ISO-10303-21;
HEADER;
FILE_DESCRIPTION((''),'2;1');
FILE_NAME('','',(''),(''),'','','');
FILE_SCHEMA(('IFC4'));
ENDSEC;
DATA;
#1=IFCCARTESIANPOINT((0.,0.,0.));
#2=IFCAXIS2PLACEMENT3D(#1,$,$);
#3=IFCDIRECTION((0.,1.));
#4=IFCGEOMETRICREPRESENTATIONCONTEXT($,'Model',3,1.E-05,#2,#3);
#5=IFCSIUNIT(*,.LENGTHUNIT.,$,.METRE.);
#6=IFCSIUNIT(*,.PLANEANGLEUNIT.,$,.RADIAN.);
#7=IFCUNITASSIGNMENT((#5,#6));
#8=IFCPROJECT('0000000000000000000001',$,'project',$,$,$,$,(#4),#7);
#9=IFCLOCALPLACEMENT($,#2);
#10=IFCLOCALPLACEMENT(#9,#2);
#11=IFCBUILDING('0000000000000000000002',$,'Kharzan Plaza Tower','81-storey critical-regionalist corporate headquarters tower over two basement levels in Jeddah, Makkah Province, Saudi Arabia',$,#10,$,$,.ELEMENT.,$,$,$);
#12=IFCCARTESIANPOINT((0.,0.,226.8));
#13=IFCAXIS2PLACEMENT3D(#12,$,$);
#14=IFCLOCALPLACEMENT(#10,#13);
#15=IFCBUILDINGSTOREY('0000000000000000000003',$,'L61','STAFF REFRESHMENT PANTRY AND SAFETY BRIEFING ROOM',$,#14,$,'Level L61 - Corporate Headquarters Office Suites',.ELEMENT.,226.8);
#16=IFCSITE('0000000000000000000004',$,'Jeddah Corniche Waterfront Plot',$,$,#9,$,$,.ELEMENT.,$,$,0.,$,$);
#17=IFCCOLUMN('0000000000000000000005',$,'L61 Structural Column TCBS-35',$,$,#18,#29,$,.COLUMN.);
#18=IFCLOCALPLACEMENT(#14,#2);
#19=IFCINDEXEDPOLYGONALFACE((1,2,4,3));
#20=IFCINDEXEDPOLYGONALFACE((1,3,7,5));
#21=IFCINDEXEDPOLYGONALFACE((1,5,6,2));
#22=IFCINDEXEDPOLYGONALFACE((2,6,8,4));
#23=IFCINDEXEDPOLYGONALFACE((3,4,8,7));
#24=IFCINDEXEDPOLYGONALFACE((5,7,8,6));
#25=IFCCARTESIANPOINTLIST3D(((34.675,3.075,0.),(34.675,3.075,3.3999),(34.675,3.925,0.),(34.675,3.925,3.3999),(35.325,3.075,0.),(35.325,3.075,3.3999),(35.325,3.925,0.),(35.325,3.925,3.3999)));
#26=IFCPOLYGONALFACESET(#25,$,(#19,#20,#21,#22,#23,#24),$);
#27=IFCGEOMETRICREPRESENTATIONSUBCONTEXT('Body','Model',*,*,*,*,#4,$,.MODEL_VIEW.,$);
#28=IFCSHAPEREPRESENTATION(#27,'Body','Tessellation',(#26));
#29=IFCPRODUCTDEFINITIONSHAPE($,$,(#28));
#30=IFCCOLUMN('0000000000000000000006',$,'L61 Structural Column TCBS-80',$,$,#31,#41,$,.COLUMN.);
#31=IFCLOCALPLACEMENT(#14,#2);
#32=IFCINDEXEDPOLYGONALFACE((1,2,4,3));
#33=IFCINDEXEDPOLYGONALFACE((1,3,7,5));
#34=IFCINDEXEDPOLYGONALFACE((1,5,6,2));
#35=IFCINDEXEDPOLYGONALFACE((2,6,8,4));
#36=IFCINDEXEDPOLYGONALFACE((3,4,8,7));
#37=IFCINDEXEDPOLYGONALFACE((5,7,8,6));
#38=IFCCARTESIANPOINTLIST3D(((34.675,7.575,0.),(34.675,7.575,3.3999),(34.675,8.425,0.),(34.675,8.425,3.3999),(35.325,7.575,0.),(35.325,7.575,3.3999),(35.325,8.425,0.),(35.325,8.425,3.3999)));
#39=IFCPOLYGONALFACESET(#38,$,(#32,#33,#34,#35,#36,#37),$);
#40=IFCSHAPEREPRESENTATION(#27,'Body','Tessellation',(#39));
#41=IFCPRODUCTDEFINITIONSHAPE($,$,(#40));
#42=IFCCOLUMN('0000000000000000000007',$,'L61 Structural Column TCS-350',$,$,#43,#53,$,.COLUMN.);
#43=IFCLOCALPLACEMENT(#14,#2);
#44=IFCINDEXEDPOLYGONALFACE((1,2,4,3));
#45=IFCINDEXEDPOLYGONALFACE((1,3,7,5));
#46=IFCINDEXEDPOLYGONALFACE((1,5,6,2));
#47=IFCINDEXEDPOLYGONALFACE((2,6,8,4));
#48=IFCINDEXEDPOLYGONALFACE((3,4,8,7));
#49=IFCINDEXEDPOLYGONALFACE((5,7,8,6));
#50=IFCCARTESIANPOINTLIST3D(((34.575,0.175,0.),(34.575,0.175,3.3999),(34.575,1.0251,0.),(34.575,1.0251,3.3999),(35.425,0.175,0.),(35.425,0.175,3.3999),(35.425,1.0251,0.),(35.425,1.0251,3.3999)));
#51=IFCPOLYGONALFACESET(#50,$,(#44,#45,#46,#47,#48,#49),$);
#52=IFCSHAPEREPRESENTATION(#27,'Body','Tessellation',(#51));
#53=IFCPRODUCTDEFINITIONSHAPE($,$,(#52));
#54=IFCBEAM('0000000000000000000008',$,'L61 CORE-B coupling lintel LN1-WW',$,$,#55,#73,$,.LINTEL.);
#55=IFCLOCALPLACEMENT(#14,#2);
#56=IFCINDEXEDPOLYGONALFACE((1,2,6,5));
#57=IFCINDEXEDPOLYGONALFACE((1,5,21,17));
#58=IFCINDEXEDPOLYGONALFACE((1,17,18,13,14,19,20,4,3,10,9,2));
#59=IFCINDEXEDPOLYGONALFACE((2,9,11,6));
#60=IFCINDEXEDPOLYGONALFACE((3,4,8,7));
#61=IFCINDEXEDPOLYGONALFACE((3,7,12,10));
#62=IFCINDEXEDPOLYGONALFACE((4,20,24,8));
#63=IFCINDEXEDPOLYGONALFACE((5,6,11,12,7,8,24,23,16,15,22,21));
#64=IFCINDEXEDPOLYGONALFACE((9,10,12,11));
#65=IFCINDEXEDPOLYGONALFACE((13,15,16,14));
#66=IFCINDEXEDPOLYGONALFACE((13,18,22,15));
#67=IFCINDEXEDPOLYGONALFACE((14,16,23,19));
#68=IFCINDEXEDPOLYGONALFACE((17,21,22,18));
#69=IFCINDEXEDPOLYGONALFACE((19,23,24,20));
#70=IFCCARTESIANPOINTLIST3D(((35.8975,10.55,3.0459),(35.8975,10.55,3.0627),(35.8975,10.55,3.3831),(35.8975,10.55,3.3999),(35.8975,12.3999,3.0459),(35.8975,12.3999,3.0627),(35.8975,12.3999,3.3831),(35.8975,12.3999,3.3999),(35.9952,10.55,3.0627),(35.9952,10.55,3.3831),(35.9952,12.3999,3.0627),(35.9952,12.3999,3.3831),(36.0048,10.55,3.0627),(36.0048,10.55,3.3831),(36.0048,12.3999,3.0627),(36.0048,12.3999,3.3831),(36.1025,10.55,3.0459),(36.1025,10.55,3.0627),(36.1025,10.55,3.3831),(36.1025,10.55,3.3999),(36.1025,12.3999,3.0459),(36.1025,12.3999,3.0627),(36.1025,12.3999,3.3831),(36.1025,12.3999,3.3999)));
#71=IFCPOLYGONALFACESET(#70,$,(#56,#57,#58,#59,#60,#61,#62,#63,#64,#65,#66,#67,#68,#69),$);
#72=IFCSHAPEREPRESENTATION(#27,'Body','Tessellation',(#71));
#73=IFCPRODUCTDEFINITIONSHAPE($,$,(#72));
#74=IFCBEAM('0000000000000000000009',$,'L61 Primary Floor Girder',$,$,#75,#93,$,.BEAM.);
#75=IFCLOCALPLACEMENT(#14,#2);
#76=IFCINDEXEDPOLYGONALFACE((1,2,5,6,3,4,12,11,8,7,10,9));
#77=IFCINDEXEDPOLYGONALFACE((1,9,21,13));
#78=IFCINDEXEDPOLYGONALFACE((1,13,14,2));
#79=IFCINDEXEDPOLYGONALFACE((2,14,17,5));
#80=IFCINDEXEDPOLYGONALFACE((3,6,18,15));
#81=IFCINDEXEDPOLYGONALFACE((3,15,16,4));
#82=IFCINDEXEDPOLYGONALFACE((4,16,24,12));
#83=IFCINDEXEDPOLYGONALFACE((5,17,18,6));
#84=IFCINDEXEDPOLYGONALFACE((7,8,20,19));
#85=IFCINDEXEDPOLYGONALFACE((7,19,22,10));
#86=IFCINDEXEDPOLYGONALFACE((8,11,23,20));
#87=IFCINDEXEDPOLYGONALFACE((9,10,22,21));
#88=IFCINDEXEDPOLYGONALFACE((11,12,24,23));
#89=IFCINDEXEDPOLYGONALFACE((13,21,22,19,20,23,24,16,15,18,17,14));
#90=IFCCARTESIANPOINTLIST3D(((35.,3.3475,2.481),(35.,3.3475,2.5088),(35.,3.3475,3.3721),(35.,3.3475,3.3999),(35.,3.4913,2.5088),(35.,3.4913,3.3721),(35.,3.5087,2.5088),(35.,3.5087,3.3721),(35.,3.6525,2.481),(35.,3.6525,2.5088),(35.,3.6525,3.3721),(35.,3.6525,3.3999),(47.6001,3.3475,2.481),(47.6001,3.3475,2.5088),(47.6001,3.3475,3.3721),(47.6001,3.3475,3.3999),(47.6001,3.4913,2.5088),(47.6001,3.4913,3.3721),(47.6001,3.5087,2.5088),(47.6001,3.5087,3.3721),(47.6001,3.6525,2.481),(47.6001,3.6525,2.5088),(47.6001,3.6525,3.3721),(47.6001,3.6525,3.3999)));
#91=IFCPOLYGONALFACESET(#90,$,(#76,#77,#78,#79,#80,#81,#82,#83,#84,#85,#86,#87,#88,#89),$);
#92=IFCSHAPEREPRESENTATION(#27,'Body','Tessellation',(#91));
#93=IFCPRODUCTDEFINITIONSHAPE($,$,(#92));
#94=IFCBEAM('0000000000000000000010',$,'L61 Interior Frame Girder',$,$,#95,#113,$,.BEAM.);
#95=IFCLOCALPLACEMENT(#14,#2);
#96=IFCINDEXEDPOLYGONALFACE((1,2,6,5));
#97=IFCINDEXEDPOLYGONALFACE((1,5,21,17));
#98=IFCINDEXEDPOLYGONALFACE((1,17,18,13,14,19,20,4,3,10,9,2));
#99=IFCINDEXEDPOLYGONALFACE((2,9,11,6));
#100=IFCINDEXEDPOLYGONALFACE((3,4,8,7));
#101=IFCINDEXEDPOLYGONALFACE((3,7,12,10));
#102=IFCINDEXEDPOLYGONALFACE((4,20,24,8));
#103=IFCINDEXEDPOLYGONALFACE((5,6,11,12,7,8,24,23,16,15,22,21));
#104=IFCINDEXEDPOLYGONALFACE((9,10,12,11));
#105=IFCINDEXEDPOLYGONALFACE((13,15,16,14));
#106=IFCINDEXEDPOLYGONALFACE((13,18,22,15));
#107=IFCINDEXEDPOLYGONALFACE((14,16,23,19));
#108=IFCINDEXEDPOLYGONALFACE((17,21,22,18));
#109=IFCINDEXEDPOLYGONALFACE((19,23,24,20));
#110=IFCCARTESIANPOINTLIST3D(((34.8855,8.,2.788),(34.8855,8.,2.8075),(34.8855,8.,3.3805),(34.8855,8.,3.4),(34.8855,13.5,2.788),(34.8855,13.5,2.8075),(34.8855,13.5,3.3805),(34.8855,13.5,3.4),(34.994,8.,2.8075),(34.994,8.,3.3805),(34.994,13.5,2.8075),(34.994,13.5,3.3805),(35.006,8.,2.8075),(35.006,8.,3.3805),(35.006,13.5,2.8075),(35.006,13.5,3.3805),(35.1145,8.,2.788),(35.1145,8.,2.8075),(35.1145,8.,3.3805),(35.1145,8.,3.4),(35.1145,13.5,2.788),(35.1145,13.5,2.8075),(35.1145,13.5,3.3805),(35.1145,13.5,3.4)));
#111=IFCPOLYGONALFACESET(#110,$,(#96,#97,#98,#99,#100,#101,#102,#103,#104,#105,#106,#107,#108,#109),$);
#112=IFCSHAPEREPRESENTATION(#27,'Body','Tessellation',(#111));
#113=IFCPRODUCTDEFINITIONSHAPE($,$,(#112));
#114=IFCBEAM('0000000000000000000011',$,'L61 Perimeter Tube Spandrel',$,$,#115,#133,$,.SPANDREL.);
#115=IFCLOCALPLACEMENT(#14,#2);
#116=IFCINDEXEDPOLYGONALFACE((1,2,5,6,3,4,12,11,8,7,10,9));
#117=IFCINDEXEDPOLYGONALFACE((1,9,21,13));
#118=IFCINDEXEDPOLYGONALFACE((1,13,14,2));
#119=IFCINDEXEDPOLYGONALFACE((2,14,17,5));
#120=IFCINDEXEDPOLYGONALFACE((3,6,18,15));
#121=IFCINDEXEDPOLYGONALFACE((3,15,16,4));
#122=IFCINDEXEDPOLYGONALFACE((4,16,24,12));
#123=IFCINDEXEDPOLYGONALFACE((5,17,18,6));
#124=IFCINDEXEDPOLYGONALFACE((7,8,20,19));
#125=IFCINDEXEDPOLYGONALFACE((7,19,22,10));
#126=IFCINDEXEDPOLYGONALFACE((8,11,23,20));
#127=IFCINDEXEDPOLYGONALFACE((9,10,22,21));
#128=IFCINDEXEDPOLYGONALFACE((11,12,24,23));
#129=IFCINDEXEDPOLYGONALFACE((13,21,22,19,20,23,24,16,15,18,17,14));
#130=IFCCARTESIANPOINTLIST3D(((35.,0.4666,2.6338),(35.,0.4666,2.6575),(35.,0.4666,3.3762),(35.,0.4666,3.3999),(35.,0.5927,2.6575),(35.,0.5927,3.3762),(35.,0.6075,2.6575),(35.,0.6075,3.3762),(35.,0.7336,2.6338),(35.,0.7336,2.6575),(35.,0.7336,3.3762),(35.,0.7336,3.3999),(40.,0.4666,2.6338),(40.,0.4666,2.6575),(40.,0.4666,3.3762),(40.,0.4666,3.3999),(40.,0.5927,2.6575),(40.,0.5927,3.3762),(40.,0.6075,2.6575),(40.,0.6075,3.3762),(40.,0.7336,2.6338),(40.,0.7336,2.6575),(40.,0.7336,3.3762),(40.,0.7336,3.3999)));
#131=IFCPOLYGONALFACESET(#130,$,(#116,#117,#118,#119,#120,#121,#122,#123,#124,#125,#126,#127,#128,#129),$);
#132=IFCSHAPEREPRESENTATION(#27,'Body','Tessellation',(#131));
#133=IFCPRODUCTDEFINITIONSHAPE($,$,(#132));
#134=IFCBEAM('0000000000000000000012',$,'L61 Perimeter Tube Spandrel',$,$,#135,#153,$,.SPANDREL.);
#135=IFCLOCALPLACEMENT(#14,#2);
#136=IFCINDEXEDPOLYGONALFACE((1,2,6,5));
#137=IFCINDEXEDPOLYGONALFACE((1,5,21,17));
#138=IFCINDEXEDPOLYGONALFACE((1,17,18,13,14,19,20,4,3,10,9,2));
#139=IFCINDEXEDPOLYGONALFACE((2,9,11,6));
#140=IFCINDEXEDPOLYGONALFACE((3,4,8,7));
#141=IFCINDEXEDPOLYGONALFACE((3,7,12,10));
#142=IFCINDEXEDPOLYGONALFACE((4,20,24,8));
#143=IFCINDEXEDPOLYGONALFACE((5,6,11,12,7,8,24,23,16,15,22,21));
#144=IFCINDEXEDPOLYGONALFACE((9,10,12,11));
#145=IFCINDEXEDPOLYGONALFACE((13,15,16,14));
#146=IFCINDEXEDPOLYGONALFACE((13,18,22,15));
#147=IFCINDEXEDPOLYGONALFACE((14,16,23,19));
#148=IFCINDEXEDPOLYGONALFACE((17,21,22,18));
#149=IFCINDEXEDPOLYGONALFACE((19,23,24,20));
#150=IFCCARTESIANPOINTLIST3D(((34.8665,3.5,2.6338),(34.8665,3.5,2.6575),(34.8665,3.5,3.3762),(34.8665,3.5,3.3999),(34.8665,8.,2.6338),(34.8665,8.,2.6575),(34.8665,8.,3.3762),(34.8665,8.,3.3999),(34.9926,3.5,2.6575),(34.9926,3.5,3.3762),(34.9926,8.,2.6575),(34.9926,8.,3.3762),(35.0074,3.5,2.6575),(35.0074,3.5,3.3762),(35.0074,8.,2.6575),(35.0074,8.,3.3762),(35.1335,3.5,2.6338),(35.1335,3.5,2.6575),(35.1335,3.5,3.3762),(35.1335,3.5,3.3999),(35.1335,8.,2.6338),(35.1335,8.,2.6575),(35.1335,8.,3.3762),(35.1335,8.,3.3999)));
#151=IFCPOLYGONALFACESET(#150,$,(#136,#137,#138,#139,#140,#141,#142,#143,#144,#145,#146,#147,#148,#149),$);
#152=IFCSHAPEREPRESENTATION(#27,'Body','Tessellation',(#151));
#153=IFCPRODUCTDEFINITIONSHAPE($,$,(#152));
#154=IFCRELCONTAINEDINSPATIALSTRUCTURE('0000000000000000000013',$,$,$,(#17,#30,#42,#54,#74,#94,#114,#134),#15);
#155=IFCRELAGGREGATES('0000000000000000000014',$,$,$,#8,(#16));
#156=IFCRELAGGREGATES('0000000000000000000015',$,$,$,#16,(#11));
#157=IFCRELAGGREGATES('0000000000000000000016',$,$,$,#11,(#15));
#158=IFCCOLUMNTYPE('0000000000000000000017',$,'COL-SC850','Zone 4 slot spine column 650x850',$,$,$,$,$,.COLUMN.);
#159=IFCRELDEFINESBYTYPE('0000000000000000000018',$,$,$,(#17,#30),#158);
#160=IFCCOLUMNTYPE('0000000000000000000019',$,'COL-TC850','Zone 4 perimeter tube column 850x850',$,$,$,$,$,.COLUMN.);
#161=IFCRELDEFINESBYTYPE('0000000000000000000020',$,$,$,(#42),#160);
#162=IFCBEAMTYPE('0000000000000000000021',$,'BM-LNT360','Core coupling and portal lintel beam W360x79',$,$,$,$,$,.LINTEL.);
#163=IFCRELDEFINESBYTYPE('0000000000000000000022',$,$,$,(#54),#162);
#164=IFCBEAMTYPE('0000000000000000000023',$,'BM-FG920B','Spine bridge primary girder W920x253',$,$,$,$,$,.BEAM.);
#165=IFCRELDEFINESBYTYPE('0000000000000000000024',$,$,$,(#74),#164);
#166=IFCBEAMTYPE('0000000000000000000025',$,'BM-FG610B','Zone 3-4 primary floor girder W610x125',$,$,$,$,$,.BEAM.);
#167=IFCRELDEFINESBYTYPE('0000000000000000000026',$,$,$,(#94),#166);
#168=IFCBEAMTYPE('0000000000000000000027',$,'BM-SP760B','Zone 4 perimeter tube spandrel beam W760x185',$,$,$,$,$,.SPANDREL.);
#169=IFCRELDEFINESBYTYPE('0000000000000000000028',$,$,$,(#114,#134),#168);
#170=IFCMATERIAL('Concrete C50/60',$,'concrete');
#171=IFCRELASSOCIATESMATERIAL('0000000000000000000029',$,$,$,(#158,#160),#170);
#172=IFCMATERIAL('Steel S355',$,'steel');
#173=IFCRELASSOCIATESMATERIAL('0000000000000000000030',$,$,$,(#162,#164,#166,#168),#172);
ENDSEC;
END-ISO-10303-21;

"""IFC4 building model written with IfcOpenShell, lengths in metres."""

from ifc_helpers import new_model, si_unit, direction, frame, origin, origin_2d, place, context, subcontext, project, spatial, rectangle, i_section, extrude, source, transform, mapped, material, material_profile, profile_set, type_object, element, save


model = new_model("IFC4")

# Units and contexts
model_context = context("Model", 3, precision=1e-05, world=origin(), true_north=direction((0.0, 1.0)))
body_context = subcontext(model_context, "Body", "Model", "MODEL_VIEW")
ifc_project = project(units=[si_unit("LENGTHUNIT", "METRE"), si_unit("PLANEANGLEUNIT", "RADIAN")], contexts=[model_context])

# Site, building, storey
site_placement = place(None, origin())
site = spatial("IfcSite", under=ifc_project, at=site_placement, Name="Jeddah Corniche Waterfront Plot", CompositionType="ELEMENT", RefElevation=0.0)
building_placement = place(site_placement, origin())
building = spatial("IfcBuilding", under=site, at=building_placement, Name="Kharzan Plaza Tower", Description="81-storey critical-regionalist corporate headquarters tower over two basement levels in Jeddah, Makkah Province, Saudi Arabia", CompositionType="ELEMENT")
storey_placement = place(building_placement, frame((0.0, 0.0, 226.8)))
storey = spatial("IfcBuildingStorey", under=building, at=storey_placement, Name="L61", Description="STAFF REFRESHMENT PANTRY AND SAFETY BRIEFING ROOM", LongName="Level L61 - Corporate Headquarters Office Suites", CompositionType="ELEMENT", Elevation=226.8)

# Columns
ifc_material_1 = material(Name="Concrete C50/60", Category="concrete")
ifc_material_profile_1 = material_profile(ifc_material_1, rectangle(XDim=0.6499, YDim=0.8501, at=origin_2d()), Name="RC-SC850x650")
ifc_profile_set_1 = profile_set([ifc_material_profile_1], Name="Concrete C50/60")
column_type_1 = type_object("IfcColumnType", Name="COL-SC850", Description="Zone 4 slot spine column 650x850", PredefinedType="COLUMN", material=ifc_profile_set_1)
shared_shape_1 = source(origin(), body_context, "Body", "SweptSolid", [
    extrude(rectangle(XDim=0.6499, YDim=0.8501, at=origin_2d()), origin(), (0.0, 0.0, 1.0), 3.3999),
])
for number, where, z_axis, x_axis, name in (
    (1, (35.0, 3.5, 0.0), (0.0, 0.0, 1.0), (1.0, 0.0, 0.0), "L61 Structural Column TCBS-35"),
    (2, (35.0, 8.0, 0.0), (0.0, 0.0, 1.0), (1.0, 0.0, 0.0), "L61 Structural Column TCBS-80"),
):
    element("IfcColumn", number, at=place(storey_placement, frame(where, z_axis=z_axis, x_axis=x_axis)), inside=storey, type_object=column_type_1, Name=name, PredefinedType="COLUMN", context=body_context, shape_type="MappedRepresentation", body=[
        mapped(shared_shape_1, transform((0.0, 0.0, 0.0), x_axis=(1.0, 0.0, 0.0), y_axis=(0.0, 1.0, 0.0), z_axis=(0.0, 0.0, 1.0))),
    ])
ifc_material_profile_2 = material_profile(ifc_material_1, rectangle(XDim=0.8501, YDim=0.8501, at=origin_2d()), Name="RC-TC850x850")
ifc_profile_set_2 = profile_set([ifc_material_profile_2], Name="Concrete C50/60")
column_type_2 = type_object("IfcColumnType", Name="COL-TC850", Description="Zone 4 perimeter tube column 850x850", PredefinedType="COLUMN", material=ifc_profile_set_2)
shared_shape_2 = source(origin(), body_context, "Body", "SweptSolid", [
    extrude(rectangle(XDim=0.8501, YDim=0.8501, at=origin_2d()), origin(), (0.0, 0.0, 1.0), 3.3999),
])
column_placement = place(storey_placement, frame((35.0, 0.6001, 0.0), z_axis=(0.0, 0.0, 1.0), x_axis=(1.0, 0.0, 0.0)))
element("IfcColumn", 3, at=column_placement, inside=storey, type_object=column_type_2, Name="L61 Structural Column TCS-350", PredefinedType="COLUMN", context=body_context, shape_type="MappedRepresentation", body=[
    mapped(shared_shape_2, transform((0.0, 0.0, 0.0), x_axis=(1.0, 0.0, 0.0), y_axis=(0.0, 1.0, 0.0), z_axis=(0.0, 0.0, 1.0))),
])

# Beams
ifc_material_2 = material(Name="Steel S355", Category="steel")
ifc_material_profile_3 = material_profile(ifc_material_2, i_section(OverallWidth=0.2051, OverallDepth=0.354, WebThickness=0.0095, FlangeThickness=0.0168, at=origin_2d()), Name="W360x79")
ifc_profile_set_3 = profile_set([ifc_material_profile_3], Name="Steel S355")
beam_type_1 = type_object("IfcBeamType", Name="BM-LNT360", Description="Core coupling and portal lintel beam W360x79", PredefinedType="LINTEL", material=ifc_profile_set_3)
shared_shape_3 = source(origin(), body_context, "Body", "SweptSolid", [
    extrude(i_section(OverallWidth=0.2051, OverallDepth=0.354, WebThickness=0.0095, FlangeThickness=0.0168, at=origin_2d()), origin(), (0.0, 0.0, 1.0), 1.8499),
])
beam_1_placement = place(storey_placement, frame((36.0, 10.55, 3.2229), z_axis=(0.0, 1.0, 0.0), x_axis=(-1.0, 0.0, 0.0)))
element("IfcBeam", 4, at=beam_1_placement, inside=storey, type_object=beam_type_1, Name="L61 CORE-B coupling lintel LN1-WW", PredefinedType="LINTEL", context=body_context, shape_type="MappedRepresentation", body=[
    mapped(shared_shape_3, transform((0.0, 0.0, 0.0), x_axis=(1.0, 0.0, 0.0), y_axis=(0.0, 1.0, 0.0), z_axis=(0.0, 0.0, 1.0))),
])
ifc_material_profile_4 = material_profile(ifc_material_2, i_section(OverallWidth=0.3049, OverallDepth=0.9189, WebThickness=0.0173, FlangeThickness=0.0278, at=origin_2d()), Name="W920x253")
ifc_profile_set_4 = profile_set([ifc_material_profile_4], Name="Steel S355")
beam_type_2 = type_object("IfcBeamType", Name="BM-FG920B", Description="Spine bridge primary girder W920x253", PredefinedType="BEAM", material=ifc_profile_set_4)
shared_shape_4 = source(origin(), body_context, "Body", "SweptSolid", [
    extrude(i_section(OverallWidth=0.3049, OverallDepth=0.9189, WebThickness=0.0173, FlangeThickness=0.0278, at=origin_2d()), origin(), (0.0, 0.0, 1.0), 12.6001),
])
beam_2_placement = place(storey_placement, frame((35.0, 3.5, 2.9404), z_axis=(1.0, 0.0, 0.0), x_axis=(0.0, 1.0, 0.0)))
element("IfcBeam", 5, at=beam_2_placement, inside=storey, type_object=beam_type_2, Name="L61 Primary Floor Girder", PredefinedType="BEAM", context=body_context, shape_type="MappedRepresentation", body=[
    mapped(shared_shape_4, transform((0.0, 0.0, 0.0), x_axis=(1.0, 0.0, 0.0), y_axis=(0.0, 1.0, 0.0), z_axis=(0.0, 0.0, 1.0))),
])
ifc_material_profile_5 = material_profile(ifc_material_2, i_section(OverallWidth=0.229, OverallDepth=0.6121, WebThickness=0.012, FlangeThickness=0.0195, at=origin_2d()), Name="W610x125")
ifc_profile_set_5 = profile_set([ifc_material_profile_5], Name="Steel S355")
beam_type_3 = type_object("IfcBeamType", Name="BM-FG610B", Description="Zone 3-4 primary floor girder W610x125", PredefinedType="BEAM", material=ifc_profile_set_5)
shared_shape_5 = source(origin(), body_context, "Body", "SweptSolid", [
    extrude(i_section(OverallWidth=0.229, OverallDepth=0.6121, WebThickness=0.012, FlangeThickness=0.0195, at=origin_2d()), origin(), (0.0, 0.0, 1.0), 5.5),
])
beam_3_placement = place(storey_placement, frame((35.0, 8.0, 3.094), z_axis=(0.0, 1.0, 0.0), x_axis=(-1.0, 0.0, 0.0)))
element("IfcBeam", 6, at=beam_3_placement, inside=storey, type_object=beam_type_3, Name="L61 Interior Frame Girder", PredefinedType="BEAM", context=body_context, shape_type="MappedRepresentation", body=[
    mapped(shared_shape_5, transform((0.0, 0.0, 0.0), x_axis=(1.0, 0.0, 0.0), y_axis=(0.0, 1.0, 0.0), z_axis=(0.0, 0.0, 1.0))),
])
ifc_material_profile_6 = material_profile(ifc_material_2, i_section(OverallWidth=0.2671, OverallDepth=0.7661, WebThickness=0.0149, FlangeThickness=0.0237, at=origin_2d()), Name="W760x185")
ifc_profile_set_6 = profile_set([ifc_material_profile_6], Name="Steel S355")
beam_type_4 = type_object("IfcBeamType", Name="BM-SP760B", Description="Zone 4 perimeter tube spandrel beam W760x185", PredefinedType="SPANDREL", material=ifc_profile_set_6)
shared_shape_6 = source(origin(), body_context, "Body", "SweptSolid", [
    extrude(i_section(OverallWidth=0.2671, OverallDepth=0.7661, WebThickness=0.0149, FlangeThickness=0.0237, at=origin_2d()), origin(), (0.0, 0.0, 1.0), 5.0),
])
beam_4_placement = place(storey_placement, frame((35.0, 0.6001, 3.0168), z_axis=(1.0, 0.0, 0.0), x_axis=(0.0, 1.0, 0.0)))
element("IfcBeam", 7, at=beam_4_placement, inside=storey, type_object=beam_type_4, Name="L61 Perimeter Tube Spandrel", PredefinedType="SPANDREL", context=body_context, shape_type="MappedRepresentation", body=[
    mapped(shared_shape_6, transform((0.0, 0.0, 0.0), x_axis=(1.0, 0.0, 0.0), y_axis=(0.0, 1.0, 0.0), z_axis=(0.0, 0.0, 1.0))),
])
shared_shape_7 = source(origin(), body_context, "Body", "SweptSolid", [
    extrude(i_section(OverallWidth=0.2671, OverallDepth=0.7661, WebThickness=0.0149, FlangeThickness=0.0237, at=origin_2d()), origin(), (0.0, 0.0, 1.0), 4.5),
])
beam_5_placement = place(storey_placement, frame((35.0, 3.5, 3.0168), z_axis=(0.0, 1.0, 0.0), x_axis=(-1.0, 0.0, 0.0)))
element("IfcBeam", 8, at=beam_5_placement, inside=storey, type_object=beam_type_4, Name="L61 Perimeter Tube Spandrel", PredefinedType="SPANDREL", context=body_context, shape_type="MappedRepresentation", body=[
    mapped(shared_shape_7, transform((0.0, 0.0, 0.0), x_axis=(1.0, 0.0, 0.0), y_axis=(0.0, 1.0, 0.0), z_axis=(0.0, 0.0, 1.0))),
])

save(model, "model.ifc")
